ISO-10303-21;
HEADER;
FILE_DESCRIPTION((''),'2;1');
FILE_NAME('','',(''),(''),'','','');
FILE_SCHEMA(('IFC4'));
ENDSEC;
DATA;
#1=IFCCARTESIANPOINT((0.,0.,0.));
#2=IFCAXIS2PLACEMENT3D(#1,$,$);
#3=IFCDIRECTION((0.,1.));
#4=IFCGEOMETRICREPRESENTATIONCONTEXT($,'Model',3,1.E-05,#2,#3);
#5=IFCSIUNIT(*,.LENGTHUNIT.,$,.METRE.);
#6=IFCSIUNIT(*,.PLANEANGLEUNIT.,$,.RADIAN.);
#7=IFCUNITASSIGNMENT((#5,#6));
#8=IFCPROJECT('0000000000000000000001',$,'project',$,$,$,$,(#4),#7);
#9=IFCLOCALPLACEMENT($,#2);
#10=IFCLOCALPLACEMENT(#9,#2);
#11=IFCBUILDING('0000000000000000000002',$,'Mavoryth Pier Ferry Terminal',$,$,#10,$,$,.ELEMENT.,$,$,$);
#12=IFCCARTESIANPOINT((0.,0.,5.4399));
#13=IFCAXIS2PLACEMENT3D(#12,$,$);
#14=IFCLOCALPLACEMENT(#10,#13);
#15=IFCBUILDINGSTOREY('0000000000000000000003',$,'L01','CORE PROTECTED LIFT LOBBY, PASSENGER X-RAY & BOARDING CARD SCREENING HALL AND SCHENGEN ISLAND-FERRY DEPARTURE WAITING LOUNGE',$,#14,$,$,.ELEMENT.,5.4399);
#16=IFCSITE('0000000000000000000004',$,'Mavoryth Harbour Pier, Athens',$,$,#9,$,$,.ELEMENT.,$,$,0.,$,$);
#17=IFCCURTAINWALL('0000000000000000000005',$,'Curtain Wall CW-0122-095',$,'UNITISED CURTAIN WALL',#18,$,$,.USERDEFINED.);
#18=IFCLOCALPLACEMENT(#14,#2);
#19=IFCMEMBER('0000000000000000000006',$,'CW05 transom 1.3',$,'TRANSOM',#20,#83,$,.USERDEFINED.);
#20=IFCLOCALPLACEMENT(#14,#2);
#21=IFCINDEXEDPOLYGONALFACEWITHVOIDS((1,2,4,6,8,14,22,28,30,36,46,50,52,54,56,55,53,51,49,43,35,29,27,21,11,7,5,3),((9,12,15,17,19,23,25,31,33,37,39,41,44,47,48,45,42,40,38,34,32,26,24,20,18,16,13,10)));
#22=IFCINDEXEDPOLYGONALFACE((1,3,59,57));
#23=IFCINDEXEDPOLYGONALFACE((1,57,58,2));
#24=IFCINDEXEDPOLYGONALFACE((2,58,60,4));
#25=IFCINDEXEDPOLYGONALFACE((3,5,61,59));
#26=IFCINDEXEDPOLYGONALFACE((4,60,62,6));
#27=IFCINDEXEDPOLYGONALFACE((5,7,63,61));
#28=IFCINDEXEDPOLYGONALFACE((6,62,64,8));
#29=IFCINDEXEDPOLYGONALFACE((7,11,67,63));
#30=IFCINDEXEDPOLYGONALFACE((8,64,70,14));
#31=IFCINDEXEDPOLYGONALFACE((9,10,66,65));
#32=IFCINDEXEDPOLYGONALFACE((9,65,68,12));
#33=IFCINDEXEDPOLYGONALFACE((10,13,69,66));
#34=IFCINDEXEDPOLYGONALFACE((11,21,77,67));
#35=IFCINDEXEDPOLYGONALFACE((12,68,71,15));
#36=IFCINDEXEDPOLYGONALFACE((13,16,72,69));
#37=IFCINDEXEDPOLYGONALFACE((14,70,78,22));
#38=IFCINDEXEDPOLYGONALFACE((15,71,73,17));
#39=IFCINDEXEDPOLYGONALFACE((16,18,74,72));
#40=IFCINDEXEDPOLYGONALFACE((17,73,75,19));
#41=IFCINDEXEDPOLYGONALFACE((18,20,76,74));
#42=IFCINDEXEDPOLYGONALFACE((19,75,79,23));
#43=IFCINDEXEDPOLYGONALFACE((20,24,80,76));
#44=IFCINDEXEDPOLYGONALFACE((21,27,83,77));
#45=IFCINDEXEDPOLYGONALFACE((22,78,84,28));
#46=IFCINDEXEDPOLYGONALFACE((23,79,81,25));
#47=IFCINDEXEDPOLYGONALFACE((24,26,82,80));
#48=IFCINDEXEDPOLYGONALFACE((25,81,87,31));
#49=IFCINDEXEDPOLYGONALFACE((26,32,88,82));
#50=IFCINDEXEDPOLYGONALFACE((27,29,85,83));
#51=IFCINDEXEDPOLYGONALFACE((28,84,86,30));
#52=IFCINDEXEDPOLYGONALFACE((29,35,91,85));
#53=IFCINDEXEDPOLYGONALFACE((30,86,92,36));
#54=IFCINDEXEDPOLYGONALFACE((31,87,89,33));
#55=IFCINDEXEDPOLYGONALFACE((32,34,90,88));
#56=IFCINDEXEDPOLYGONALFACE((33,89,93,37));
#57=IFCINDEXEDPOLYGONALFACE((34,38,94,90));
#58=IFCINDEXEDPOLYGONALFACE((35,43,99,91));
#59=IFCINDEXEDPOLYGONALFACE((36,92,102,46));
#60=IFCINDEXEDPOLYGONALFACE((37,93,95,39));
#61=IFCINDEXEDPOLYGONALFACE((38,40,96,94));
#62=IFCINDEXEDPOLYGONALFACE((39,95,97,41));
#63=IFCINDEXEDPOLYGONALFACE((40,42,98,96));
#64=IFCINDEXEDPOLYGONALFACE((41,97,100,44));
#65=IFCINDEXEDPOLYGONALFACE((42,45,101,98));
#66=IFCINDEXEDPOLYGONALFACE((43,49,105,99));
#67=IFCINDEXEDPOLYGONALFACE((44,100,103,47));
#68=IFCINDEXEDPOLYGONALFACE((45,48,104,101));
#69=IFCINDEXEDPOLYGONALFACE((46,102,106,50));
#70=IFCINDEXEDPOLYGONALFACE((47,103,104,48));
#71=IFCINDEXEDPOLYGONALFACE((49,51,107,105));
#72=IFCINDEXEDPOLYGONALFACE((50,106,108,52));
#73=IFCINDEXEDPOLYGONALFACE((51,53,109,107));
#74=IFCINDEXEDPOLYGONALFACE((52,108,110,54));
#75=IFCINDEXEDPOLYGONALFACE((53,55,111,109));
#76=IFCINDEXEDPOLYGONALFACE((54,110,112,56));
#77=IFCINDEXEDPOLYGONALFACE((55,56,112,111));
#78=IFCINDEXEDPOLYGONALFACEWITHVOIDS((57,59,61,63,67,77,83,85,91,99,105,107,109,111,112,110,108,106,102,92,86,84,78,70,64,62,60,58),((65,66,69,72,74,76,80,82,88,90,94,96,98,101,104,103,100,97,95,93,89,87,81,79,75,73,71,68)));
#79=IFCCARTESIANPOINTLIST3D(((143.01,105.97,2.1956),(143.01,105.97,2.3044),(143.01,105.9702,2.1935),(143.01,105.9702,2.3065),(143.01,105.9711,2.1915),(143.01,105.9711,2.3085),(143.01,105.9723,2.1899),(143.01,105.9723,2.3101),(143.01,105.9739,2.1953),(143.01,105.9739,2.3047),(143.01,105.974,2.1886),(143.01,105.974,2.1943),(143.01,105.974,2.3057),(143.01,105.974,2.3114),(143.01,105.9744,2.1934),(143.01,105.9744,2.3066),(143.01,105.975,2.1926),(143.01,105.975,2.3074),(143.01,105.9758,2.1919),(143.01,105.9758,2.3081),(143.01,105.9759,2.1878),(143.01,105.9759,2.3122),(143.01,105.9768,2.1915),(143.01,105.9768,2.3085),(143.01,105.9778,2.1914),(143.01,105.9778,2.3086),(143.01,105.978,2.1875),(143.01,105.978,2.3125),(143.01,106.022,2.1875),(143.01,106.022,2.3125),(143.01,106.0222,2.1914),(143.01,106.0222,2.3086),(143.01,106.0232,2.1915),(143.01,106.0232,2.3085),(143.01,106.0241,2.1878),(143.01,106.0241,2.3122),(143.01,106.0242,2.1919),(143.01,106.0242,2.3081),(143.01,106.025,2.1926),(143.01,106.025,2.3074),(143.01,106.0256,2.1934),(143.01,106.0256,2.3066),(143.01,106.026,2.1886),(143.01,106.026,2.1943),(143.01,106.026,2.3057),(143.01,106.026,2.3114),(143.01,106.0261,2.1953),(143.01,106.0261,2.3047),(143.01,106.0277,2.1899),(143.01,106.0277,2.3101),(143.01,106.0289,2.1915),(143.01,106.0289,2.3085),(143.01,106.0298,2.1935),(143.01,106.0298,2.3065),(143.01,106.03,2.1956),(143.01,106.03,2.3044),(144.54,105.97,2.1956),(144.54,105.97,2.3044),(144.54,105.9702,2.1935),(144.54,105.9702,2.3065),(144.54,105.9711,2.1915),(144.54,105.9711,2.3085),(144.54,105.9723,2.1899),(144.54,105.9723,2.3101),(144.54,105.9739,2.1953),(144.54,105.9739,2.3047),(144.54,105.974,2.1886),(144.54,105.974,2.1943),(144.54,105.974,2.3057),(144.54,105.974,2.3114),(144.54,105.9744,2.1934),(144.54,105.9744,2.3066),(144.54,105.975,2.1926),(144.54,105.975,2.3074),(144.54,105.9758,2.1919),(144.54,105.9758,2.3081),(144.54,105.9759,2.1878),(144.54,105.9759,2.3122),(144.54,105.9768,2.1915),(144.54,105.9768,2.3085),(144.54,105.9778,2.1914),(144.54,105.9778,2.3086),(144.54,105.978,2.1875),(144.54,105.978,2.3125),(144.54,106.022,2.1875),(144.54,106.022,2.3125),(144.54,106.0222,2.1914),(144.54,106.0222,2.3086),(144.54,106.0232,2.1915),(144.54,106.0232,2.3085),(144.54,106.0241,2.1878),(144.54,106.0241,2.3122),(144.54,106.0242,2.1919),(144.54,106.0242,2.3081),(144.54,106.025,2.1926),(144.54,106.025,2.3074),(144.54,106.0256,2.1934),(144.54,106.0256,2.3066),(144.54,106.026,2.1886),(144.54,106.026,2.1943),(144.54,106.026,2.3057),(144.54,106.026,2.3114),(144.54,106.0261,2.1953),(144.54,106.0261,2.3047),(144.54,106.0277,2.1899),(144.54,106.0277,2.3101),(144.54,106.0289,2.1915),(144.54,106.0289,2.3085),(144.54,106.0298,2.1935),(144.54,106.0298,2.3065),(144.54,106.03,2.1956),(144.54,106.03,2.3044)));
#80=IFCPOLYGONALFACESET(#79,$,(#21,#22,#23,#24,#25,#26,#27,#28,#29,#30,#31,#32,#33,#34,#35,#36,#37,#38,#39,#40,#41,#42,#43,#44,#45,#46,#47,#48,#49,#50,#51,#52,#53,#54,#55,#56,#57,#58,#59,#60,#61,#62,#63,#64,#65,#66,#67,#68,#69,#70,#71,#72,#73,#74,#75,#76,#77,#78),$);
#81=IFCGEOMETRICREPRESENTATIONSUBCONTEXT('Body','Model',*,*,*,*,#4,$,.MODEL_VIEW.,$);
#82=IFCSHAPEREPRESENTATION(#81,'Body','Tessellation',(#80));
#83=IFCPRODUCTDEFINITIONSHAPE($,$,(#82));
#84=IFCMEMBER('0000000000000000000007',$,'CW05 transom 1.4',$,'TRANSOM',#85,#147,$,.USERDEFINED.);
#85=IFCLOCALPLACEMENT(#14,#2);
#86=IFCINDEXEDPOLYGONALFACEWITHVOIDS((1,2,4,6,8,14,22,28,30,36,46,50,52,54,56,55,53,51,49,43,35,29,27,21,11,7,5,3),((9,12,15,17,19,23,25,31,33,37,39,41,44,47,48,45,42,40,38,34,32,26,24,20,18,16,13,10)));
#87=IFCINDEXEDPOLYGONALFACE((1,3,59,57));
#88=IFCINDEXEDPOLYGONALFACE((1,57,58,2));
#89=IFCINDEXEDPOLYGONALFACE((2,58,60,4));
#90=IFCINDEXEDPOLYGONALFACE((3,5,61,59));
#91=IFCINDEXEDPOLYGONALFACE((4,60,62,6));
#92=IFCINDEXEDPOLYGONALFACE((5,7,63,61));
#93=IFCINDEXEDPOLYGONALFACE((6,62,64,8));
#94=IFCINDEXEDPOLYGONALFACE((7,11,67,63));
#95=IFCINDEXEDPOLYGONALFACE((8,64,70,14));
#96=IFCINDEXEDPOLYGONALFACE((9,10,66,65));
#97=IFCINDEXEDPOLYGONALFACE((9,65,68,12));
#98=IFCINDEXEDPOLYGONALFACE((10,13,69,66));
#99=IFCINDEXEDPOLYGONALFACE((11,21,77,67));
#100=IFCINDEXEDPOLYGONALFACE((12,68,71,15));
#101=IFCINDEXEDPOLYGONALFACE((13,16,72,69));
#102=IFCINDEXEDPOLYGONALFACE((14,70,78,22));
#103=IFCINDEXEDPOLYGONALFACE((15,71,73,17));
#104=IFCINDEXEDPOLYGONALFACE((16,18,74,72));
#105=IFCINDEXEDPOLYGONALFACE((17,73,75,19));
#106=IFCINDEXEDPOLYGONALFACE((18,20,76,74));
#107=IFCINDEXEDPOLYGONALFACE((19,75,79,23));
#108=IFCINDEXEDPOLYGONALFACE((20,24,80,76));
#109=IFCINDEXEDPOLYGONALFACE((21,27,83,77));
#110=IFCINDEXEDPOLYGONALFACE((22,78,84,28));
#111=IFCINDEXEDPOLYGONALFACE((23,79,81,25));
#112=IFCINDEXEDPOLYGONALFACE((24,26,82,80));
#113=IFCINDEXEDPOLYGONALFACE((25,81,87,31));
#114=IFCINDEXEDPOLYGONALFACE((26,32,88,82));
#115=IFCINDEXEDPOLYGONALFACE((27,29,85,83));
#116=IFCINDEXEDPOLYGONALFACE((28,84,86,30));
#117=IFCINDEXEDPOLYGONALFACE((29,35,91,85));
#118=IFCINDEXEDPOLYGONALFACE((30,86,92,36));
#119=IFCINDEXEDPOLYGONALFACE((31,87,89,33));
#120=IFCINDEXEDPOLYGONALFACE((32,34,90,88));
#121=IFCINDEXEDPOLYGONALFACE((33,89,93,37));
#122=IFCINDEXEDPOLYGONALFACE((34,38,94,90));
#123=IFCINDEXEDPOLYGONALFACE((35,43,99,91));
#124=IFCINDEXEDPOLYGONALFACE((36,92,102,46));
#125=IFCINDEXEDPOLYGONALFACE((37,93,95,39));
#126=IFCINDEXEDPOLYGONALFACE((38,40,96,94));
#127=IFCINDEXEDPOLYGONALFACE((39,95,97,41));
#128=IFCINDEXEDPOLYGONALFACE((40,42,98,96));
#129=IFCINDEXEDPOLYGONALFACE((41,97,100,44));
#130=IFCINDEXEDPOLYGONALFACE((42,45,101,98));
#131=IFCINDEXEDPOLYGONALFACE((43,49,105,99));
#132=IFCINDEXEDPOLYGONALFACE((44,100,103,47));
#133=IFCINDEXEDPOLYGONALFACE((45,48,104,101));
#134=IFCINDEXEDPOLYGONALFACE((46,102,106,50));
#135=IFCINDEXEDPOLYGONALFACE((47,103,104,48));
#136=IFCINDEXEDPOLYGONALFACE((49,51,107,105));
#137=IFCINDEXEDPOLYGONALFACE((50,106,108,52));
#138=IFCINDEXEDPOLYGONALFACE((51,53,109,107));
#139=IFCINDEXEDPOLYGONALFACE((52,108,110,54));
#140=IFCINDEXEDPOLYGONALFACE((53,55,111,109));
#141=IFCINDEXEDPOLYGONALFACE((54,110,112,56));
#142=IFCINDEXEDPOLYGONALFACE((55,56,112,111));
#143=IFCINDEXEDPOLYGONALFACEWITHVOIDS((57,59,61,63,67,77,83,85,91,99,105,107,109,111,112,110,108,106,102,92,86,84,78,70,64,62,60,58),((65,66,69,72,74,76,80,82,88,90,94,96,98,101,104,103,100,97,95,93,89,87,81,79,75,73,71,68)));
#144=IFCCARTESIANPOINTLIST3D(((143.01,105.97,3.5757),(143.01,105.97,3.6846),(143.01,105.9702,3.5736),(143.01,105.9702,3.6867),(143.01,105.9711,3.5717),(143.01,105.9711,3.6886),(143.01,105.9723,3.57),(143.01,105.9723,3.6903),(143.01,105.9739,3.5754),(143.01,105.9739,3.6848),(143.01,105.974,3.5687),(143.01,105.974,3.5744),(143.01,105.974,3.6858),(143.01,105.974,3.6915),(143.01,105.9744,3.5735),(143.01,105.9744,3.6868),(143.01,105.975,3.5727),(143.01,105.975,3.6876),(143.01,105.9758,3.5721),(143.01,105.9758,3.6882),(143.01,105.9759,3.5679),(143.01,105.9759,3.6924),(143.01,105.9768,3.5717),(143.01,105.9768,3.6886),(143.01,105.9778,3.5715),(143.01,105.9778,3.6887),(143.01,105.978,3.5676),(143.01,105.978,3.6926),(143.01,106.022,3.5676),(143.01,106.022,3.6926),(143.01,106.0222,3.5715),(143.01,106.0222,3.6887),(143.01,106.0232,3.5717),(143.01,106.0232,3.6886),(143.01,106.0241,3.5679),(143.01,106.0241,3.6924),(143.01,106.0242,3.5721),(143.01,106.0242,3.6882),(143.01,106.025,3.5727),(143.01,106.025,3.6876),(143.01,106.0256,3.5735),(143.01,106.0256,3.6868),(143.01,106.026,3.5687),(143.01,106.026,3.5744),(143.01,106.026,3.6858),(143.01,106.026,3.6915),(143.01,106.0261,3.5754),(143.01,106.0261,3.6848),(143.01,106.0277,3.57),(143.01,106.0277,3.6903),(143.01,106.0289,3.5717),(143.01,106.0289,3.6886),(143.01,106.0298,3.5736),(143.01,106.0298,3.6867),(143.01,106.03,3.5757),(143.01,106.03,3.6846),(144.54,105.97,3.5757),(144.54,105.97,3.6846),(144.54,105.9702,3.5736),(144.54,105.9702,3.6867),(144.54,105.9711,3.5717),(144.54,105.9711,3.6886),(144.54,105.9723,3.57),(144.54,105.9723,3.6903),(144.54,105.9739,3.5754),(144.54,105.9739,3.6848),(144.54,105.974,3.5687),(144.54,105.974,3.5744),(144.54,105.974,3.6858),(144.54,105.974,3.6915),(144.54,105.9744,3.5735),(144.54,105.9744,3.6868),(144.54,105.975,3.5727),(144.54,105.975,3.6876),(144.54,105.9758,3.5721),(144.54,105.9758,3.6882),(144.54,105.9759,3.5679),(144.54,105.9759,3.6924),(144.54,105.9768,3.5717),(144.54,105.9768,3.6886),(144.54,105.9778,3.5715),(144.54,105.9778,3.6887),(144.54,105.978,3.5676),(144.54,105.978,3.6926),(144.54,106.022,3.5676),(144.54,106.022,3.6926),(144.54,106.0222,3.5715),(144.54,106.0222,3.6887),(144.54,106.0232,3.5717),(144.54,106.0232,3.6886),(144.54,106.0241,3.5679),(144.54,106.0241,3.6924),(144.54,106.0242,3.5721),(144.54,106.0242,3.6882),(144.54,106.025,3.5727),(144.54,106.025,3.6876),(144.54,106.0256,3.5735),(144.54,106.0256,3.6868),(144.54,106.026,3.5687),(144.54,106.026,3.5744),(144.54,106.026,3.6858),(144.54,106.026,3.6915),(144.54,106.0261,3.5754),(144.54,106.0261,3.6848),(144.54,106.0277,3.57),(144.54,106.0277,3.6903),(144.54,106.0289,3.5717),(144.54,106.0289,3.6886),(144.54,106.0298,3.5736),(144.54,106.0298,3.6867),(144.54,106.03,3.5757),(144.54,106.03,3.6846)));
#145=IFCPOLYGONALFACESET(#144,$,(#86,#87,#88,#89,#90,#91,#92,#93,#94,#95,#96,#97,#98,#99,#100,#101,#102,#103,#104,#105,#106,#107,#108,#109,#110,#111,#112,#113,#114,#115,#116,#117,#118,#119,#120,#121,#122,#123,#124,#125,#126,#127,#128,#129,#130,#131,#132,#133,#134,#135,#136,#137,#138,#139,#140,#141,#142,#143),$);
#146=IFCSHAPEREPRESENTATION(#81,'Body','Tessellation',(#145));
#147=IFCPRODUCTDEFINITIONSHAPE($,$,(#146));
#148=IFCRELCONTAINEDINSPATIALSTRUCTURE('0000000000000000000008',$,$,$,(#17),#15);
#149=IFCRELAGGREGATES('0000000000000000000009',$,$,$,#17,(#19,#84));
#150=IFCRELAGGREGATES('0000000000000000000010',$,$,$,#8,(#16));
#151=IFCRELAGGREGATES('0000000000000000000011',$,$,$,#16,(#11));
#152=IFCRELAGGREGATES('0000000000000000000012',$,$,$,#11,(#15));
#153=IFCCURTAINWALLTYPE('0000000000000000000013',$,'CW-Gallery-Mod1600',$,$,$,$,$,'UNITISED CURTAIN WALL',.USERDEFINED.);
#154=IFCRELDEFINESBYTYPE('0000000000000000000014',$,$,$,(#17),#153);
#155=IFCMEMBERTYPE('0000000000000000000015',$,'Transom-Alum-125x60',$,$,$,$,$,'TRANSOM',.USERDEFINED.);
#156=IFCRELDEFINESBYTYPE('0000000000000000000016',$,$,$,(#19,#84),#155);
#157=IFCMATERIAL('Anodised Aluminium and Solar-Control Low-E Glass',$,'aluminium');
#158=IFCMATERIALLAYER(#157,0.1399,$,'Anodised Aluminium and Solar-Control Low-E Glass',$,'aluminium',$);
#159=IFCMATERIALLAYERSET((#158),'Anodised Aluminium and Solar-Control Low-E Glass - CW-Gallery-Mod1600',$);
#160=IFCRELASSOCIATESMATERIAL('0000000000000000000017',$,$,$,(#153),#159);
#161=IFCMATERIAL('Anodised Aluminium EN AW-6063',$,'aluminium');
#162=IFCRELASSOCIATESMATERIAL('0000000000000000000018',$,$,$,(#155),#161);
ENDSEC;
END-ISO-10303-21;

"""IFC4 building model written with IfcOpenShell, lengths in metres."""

from ifc_helpers import new_model, si_unit, direction, frame, origin, origin_2d, place, context, subcontext, project, spatial, hollow_rectangle, extrude, material, layer, layer_set, material_profile, profile_set, type_object, element, aggregate, save


model = new_model("IFC4")

# Units and contexts
model_context = context("Model", 3, precision=1e-05, world=origin(), true_north=direction((0.0, 1.0)))
body_context = subcontext(model_context, "Body", "Model", "MODEL_VIEW")
ifc_project = project(units=[si_unit("LENGTHUNIT", "METRE"), si_unit("PLANEANGLEUNIT", "RADIAN")], contexts=[model_context])

# Site, building, storey
site_placement = place(None, origin())
site = spatial("IfcSite", under=ifc_project, at=site_placement, Name="Mavoryth Harbour Pier, Athens", CompositionType="ELEMENT", RefElevation=0.0)
building_placement = place(site_placement, origin())
building = spatial("IfcBuilding", under=site, at=building_placement, Name="Mavoryth Pier Ferry Terminal", CompositionType="ELEMENT")
storey_placement = place(building_placement, frame((0.0, 0.0, 5.4399)))
storey = spatial("IfcBuildingStorey", under=building, at=storey_placement, Name="L01", Description="CORE PROTECTED LIFT LOBBY, PASSENGER X-RAY & BOARDING CARD SCREENING HALL AND SCHENGEN ISLAND-FERRY DEPARTURE WAITING LOUNGE", CompositionType="ELEMENT", Elevation=5.4399)

# Curtain wall
ifc_material_1 = material(Name="Anodised Aluminium and Solar-Control Low-E Glass", Category="aluminium")
ifc_layer_1 = layer(ifc_material_1, 0.1399, Name="Anodised Aluminium and Solar-Control Low-E Glass", Category="aluminium")
ifc_layer_set_1 = layer_set([ifc_layer_1], Name="Anodised Aluminium and Solar-Control Low-E Glass - CW-Gallery-Mod1600")
curtain_wall_type = type_object("IfcCurtainWallType", Name="CW-Gallery-Mod1600", ElementType="UNITISED CURTAIN WALL", PredefinedType="USERDEFINED", material=ifc_layer_set_1)
curtain_wall_placement = place(storey_placement, origin())
curtain_wall = element("IfcCurtainWall", 1, at=curtain_wall_placement, inside=storey, type_object=curtain_wall_type, Name="Curtain Wall CW-0122-095", ObjectType="UNITISED CURTAIN WALL", PredefinedType="USERDEFINED")
ifc_material_2 = material(Name="Anodised Aluminium EN AW-6063", Category="aluminium")

# Members
ifc_material_profile_1 = material_profile(ifc_material_2, hollow_rectangle(XDim=0.0601, YDim=0.125, WallThickness=0.0039, InnerFilletRadius=0.0039, OuterFilletRadius=0.0081, at=origin_2d()), Name="AL-TRAN 125x60x4", Category="aluminium")
ifc_profile_set_1 = profile_set([ifc_material_profile_1], Name="Anodised Aluminium EN AW-6063 - AL-TRAN 125x60x4")
member_type_1 = type_object("IfcMemberType", Name="Transom-Alum-125x60", ElementType="TRANSOM", PredefinedType="USERDEFINED", material=ifc_profile_set_1)
member_1_placement = place(storey_placement, frame((143.01, 106.0, 2.25), z_axis=(1.0, 0.0, 0.0), x_axis=(0.0, 1.0, 0.0)))
member_1 = element("IfcMember", 2, at=member_1_placement, type_object=member_type_1, Name="CW05 transom 1.3", ObjectType="TRANSOM", PredefinedType="USERDEFINED", context=body_context, shape_type="SweptSolid", body=[
    extrude(hollow_rectangle(XDim=0.0601, YDim=0.125, WallThickness=0.0039, InnerFilletRadius=0.0039, OuterFilletRadius=0.0081, at=origin_2d()), origin(), (0.0, 0.0, 1.0), 1.53),
])
member_2_placement = place(storey_placement, frame((143.01, 106.0, 3.6301), z_axis=(1.0, 0.0, 0.0), x_axis=(0.0, 1.0, 0.0)))
member_2 = element("IfcMember", 3, at=member_2_placement, type_object=member_type_1, Name="CW05 transom 1.4", ObjectType="TRANSOM", PredefinedType="USERDEFINED", context=body_context, shape_type="SweptSolid", body=[
    extrude(hollow_rectangle(XDim=0.0601, YDim=0.125, WallThickness=0.0039, InnerFilletRadius=0.0039, OuterFilletRadius=0.0081, at=origin_2d()), origin(), (0.0, 0.0, 1.0), 1.53),
])

aggregate(curtain_wall, [member_1, member_2])

save(model, "model.ifc")
